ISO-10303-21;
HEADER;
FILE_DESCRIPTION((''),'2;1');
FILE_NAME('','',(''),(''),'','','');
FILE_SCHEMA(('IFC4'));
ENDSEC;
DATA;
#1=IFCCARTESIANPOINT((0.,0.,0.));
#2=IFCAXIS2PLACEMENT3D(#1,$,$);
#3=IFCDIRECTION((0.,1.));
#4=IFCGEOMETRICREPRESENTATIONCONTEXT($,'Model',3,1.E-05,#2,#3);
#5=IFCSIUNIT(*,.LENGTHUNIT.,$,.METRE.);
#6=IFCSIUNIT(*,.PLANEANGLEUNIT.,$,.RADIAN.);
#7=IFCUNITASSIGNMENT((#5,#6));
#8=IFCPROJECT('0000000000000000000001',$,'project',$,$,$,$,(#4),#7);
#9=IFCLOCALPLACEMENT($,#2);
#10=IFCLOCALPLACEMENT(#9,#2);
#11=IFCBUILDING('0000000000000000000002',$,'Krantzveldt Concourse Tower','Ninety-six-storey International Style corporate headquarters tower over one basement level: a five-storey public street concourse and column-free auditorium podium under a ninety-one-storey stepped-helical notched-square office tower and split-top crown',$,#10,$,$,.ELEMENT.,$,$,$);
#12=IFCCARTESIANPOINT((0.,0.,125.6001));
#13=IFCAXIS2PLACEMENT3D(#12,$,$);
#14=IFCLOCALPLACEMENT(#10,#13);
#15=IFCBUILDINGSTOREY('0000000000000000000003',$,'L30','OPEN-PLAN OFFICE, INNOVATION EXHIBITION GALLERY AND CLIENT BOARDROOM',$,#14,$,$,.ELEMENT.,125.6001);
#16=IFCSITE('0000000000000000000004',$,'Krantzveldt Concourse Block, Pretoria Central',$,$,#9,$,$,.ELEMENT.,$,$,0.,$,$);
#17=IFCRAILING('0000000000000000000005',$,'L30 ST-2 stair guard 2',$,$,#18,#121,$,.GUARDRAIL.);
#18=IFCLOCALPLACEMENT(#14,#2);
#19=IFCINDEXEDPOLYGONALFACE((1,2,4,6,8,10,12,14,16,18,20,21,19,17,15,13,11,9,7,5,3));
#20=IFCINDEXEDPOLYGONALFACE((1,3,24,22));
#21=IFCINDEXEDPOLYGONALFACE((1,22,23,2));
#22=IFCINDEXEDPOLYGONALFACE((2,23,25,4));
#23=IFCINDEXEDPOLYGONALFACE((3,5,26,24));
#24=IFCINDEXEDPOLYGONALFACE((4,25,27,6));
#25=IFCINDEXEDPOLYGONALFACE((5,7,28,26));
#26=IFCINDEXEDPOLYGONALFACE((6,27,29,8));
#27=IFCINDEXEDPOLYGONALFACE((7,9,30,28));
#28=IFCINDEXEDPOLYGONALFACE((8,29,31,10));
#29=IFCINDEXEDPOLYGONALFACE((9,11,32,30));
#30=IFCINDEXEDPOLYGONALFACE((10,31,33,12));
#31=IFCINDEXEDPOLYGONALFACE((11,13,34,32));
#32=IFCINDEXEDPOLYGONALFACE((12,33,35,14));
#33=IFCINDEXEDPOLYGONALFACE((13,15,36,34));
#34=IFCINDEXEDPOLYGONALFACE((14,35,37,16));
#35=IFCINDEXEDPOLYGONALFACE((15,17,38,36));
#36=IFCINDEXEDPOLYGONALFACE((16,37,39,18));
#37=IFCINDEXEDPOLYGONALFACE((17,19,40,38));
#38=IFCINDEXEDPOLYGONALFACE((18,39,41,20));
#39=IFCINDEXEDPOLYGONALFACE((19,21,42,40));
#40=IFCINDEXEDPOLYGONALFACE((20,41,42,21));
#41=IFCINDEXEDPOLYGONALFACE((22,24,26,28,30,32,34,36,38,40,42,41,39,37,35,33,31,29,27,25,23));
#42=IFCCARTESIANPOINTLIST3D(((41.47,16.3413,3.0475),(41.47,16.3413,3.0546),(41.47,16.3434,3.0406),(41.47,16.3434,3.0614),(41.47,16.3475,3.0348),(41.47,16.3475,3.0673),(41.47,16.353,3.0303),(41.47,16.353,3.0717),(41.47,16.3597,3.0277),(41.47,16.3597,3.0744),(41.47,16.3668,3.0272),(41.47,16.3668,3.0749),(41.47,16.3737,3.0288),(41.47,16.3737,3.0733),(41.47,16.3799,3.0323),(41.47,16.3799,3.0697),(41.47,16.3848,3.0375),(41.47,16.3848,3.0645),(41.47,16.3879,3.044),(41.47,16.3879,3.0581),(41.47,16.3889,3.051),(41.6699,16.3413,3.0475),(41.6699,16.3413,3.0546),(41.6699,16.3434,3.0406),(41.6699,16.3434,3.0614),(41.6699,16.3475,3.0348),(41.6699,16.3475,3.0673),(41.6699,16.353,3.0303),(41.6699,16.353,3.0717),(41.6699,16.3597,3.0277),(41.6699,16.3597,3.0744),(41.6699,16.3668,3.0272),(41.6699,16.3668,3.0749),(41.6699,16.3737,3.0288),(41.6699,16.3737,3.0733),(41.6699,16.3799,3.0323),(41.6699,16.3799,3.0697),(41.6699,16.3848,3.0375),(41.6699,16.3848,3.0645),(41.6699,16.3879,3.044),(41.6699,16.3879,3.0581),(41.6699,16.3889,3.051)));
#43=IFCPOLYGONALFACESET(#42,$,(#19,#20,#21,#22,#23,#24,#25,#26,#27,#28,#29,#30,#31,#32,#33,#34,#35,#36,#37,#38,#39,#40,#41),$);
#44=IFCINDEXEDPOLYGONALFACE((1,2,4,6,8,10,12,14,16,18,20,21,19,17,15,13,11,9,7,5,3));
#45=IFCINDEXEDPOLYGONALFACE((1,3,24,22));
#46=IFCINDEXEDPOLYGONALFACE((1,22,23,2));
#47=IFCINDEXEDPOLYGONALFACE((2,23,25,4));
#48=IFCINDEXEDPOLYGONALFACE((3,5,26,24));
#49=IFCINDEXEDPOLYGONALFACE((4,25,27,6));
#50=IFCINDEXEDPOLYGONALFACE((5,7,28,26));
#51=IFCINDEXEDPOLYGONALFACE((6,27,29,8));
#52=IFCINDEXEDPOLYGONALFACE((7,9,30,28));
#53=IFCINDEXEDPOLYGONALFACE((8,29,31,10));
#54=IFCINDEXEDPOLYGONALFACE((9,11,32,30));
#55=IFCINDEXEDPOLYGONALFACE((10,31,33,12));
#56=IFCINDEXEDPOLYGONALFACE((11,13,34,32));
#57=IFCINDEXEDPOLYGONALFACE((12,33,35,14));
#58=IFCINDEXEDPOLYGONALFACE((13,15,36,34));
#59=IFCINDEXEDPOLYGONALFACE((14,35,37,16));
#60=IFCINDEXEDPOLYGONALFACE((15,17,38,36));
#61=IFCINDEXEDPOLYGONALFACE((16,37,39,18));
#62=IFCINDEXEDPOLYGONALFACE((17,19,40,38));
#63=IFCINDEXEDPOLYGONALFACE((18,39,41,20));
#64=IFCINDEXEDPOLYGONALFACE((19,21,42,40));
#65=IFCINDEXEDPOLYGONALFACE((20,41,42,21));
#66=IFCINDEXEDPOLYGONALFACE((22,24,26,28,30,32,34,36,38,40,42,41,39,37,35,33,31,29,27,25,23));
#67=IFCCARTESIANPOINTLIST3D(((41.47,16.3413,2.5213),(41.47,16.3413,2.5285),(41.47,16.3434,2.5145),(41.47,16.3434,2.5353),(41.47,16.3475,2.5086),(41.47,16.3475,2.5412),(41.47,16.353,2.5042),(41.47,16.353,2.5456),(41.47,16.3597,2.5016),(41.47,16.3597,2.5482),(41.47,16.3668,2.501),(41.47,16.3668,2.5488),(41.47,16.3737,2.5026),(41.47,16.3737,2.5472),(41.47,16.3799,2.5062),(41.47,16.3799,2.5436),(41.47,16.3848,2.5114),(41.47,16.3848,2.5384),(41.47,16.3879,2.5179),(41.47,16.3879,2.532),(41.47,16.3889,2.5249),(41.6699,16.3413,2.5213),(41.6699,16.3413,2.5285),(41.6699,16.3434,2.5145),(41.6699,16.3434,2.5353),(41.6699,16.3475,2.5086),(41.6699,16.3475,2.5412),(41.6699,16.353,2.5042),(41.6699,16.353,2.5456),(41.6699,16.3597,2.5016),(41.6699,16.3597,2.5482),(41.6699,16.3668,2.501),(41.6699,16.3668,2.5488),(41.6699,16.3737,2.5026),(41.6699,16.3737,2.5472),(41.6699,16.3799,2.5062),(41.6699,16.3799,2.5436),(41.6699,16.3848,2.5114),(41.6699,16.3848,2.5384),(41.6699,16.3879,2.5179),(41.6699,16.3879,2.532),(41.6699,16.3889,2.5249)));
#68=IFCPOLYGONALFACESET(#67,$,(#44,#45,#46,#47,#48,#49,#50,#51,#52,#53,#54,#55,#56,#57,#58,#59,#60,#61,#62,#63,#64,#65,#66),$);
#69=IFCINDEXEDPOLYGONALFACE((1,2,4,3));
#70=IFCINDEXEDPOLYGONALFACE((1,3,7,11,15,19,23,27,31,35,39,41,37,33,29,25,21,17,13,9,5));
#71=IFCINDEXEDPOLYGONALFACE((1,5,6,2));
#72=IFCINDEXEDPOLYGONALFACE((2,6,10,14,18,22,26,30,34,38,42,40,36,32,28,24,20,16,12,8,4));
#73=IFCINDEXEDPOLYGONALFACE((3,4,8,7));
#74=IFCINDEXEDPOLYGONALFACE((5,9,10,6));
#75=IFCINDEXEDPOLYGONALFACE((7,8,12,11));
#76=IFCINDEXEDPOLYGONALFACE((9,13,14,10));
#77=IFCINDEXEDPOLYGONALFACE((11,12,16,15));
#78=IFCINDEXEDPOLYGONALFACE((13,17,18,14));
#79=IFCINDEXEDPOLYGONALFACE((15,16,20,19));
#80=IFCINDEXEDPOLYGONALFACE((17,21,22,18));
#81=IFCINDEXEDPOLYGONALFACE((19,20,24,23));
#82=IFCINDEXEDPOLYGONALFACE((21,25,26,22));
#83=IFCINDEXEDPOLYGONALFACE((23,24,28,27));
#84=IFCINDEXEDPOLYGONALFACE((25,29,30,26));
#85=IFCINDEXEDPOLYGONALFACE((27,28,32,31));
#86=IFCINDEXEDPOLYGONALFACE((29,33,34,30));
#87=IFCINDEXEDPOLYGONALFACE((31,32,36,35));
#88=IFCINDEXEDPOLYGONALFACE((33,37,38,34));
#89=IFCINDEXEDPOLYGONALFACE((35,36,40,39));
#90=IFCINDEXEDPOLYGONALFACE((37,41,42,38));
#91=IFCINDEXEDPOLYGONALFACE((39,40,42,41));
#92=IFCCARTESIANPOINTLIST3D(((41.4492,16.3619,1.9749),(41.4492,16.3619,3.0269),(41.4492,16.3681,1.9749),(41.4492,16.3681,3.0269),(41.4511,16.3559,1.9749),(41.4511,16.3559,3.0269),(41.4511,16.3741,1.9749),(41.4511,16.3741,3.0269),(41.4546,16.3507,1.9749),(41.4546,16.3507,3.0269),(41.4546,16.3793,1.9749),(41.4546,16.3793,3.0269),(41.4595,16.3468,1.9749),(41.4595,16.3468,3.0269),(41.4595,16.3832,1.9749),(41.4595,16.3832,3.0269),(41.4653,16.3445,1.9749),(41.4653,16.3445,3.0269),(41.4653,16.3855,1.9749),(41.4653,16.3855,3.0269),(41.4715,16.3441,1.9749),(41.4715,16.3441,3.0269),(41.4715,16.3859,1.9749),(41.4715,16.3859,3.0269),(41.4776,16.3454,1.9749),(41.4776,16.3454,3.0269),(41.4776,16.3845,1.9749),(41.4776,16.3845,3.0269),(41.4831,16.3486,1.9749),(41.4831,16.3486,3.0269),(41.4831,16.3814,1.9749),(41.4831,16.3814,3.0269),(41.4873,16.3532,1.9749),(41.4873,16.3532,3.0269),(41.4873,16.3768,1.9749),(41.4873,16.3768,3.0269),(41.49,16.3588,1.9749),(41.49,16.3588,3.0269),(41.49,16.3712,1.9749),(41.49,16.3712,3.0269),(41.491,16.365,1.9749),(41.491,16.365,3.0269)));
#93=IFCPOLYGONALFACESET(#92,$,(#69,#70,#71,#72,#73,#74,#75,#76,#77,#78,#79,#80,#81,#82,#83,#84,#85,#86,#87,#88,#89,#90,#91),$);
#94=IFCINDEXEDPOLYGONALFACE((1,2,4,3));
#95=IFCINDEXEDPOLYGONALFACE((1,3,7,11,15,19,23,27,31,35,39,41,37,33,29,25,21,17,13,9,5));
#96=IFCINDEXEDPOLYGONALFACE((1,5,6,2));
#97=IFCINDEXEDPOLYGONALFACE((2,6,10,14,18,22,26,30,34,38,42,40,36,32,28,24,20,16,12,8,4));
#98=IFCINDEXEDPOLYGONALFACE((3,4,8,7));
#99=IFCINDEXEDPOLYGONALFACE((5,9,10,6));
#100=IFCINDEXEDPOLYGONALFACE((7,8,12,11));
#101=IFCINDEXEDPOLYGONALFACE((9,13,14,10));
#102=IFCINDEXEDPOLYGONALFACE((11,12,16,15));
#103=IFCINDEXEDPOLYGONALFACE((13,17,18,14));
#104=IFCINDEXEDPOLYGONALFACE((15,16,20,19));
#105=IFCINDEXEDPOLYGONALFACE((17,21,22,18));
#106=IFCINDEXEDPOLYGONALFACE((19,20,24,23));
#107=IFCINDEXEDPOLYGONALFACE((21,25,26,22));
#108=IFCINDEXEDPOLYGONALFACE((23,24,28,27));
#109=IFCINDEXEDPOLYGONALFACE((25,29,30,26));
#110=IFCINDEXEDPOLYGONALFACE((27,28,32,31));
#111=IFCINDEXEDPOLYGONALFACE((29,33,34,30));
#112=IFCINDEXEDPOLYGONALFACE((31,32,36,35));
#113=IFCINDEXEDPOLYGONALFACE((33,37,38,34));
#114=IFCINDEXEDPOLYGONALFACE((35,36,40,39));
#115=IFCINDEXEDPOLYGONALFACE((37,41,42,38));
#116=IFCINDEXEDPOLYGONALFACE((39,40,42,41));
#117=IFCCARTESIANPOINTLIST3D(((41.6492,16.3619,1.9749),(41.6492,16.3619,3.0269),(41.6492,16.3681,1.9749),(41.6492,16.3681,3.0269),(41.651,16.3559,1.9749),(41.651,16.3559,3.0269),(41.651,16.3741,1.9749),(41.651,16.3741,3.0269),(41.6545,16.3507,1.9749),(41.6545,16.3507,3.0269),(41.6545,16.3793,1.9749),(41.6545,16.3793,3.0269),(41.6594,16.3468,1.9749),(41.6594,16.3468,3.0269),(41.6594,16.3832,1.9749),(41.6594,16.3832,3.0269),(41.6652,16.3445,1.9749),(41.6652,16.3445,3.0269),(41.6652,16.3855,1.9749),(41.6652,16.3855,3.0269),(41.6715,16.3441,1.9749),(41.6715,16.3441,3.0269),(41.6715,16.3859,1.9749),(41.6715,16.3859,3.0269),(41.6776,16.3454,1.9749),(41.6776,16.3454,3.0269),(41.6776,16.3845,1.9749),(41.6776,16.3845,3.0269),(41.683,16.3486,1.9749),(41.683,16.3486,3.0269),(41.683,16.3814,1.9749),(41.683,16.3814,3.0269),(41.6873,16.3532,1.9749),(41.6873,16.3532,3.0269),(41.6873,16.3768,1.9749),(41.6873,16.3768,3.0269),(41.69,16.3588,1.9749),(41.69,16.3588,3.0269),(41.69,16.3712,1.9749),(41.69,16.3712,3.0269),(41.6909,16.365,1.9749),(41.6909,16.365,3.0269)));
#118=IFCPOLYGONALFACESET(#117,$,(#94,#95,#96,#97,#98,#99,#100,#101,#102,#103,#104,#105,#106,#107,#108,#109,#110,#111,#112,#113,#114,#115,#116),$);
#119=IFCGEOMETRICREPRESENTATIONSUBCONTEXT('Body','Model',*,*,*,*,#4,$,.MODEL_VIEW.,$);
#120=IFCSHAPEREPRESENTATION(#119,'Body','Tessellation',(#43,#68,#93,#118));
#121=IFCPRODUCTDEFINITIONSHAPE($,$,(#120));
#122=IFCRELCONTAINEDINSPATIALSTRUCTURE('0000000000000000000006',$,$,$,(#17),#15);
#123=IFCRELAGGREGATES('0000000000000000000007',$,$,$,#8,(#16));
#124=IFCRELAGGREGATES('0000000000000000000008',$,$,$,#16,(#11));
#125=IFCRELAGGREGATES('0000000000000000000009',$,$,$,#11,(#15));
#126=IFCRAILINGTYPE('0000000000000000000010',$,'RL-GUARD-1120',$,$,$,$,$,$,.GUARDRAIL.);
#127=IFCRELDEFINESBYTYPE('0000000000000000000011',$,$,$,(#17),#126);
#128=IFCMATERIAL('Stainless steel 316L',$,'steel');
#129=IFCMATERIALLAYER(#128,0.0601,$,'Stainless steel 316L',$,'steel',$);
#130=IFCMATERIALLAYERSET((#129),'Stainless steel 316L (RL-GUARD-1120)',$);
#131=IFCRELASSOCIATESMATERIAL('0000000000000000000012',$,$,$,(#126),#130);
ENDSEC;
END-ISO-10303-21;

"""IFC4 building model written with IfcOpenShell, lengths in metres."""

from ifc_helpers import new_model, si_unit, direction, frame, origin, origin_2d, place, context, subcontext, project, spatial, circle, extrude, material, layer, layer_set, type_object, element, save


model = new_model("IFC4")

# Units and contexts
model_context = context("Model", 3, precision=1e-05, world=origin(), true_north=direction((0.0, 1.0)))
body_context = subcontext(model_context, "Body", "Model", "MODEL_VIEW")
ifc_project = project(units=[si_unit("LENGTHUNIT", "METRE"), si_unit("PLANEANGLEUNIT", "RADIAN")], contexts=[model_context])

# Site, building, storey
site_placement = place(None, origin())
site = spatial("IfcSite", under=ifc_project, at=site_placement, Name="Krantzveldt Concourse Block, Pretoria Central", CompositionType="ELEMENT", RefElevation=0.0)
building_placement = place(site_placement, origin())
building = spatial("IfcBuilding", under=site, at=building_placement, Name="Krantzveldt Concourse Tower", Description="Ninety-six-storey International Style corporate headquarters tower over one basement level: a five-storey public street concourse and column-free auditorium podium under a ninety-one-storey stepped-helical notched-square office tower and split-top crown", CompositionType="ELEMENT")
storey_placement = place(building_placement, frame((0.0, 0.0, 125.6001)))
storey = spatial("IfcBuildingStorey", under=building, at=storey_placement, Name="L30", Description="OPEN-PLAN OFFICE, INNOVATION EXHIBITION GALLERY AND CLIENT BOARDROOM", CompositionType="ELEMENT", Elevation=125.6001)

# Shared definitions
ifc_material_1 = material(Name="Stainless steel 316L", Category="steel")

# Railing
ifc_layer_1 = layer(ifc_material_1, 0.0601, Name="Stainless steel 316L", Category="steel")
ifc_layer_set_1 = layer_set([ifc_layer_1], Name="Stainless steel 316L (RL-GUARD-1120)")
railing_type_1 = type_object("IfcRailingType", Name="RL-GUARD-1120", PredefinedType="GUARDRAIL", material=ifc_layer_set_1)
railing_1_placement = place(storey_placement, frame((41.47, 16.365, 1.9749)))
element("IfcRailing", 1, at=railing_1_placement, inside=storey, type_object=railing_type_1, Name="L30 ST-2 stair guard 2", PredefinedType="GUARDRAIL", context=body_context, shape_type="SweptSolid", body=[
    extrude(circle(Radius=0.0239, at=origin_2d()), frame((0.0, 0.0, 1.0762), z_axis=(1.0, 0.0, 0.0), x_axis=(0.0, 1.0, 0.0)), (0.0, 0.0, 1.0), 0.2),
    extrude(circle(Radius=0.0239, at=origin_2d()), frame((0.0, 0.0, 0.55), z_axis=(1.0, 0.0, 0.0), x_axis=(0.0, 1.0, 0.0)), (0.0, 0.0, 1.0), 0.2),
    extrude(circle(Radius=0.021, at=origin_2d()), origin(), (0.0, 0.0, 1.0), 1.052),
    extrude(circle(Radius=0.021, at=origin_2d()), frame((0.2, 0.0, 0.0)), (0.0, 0.0, 1.0), 1.052),
])

save(model, "model.ifc")
